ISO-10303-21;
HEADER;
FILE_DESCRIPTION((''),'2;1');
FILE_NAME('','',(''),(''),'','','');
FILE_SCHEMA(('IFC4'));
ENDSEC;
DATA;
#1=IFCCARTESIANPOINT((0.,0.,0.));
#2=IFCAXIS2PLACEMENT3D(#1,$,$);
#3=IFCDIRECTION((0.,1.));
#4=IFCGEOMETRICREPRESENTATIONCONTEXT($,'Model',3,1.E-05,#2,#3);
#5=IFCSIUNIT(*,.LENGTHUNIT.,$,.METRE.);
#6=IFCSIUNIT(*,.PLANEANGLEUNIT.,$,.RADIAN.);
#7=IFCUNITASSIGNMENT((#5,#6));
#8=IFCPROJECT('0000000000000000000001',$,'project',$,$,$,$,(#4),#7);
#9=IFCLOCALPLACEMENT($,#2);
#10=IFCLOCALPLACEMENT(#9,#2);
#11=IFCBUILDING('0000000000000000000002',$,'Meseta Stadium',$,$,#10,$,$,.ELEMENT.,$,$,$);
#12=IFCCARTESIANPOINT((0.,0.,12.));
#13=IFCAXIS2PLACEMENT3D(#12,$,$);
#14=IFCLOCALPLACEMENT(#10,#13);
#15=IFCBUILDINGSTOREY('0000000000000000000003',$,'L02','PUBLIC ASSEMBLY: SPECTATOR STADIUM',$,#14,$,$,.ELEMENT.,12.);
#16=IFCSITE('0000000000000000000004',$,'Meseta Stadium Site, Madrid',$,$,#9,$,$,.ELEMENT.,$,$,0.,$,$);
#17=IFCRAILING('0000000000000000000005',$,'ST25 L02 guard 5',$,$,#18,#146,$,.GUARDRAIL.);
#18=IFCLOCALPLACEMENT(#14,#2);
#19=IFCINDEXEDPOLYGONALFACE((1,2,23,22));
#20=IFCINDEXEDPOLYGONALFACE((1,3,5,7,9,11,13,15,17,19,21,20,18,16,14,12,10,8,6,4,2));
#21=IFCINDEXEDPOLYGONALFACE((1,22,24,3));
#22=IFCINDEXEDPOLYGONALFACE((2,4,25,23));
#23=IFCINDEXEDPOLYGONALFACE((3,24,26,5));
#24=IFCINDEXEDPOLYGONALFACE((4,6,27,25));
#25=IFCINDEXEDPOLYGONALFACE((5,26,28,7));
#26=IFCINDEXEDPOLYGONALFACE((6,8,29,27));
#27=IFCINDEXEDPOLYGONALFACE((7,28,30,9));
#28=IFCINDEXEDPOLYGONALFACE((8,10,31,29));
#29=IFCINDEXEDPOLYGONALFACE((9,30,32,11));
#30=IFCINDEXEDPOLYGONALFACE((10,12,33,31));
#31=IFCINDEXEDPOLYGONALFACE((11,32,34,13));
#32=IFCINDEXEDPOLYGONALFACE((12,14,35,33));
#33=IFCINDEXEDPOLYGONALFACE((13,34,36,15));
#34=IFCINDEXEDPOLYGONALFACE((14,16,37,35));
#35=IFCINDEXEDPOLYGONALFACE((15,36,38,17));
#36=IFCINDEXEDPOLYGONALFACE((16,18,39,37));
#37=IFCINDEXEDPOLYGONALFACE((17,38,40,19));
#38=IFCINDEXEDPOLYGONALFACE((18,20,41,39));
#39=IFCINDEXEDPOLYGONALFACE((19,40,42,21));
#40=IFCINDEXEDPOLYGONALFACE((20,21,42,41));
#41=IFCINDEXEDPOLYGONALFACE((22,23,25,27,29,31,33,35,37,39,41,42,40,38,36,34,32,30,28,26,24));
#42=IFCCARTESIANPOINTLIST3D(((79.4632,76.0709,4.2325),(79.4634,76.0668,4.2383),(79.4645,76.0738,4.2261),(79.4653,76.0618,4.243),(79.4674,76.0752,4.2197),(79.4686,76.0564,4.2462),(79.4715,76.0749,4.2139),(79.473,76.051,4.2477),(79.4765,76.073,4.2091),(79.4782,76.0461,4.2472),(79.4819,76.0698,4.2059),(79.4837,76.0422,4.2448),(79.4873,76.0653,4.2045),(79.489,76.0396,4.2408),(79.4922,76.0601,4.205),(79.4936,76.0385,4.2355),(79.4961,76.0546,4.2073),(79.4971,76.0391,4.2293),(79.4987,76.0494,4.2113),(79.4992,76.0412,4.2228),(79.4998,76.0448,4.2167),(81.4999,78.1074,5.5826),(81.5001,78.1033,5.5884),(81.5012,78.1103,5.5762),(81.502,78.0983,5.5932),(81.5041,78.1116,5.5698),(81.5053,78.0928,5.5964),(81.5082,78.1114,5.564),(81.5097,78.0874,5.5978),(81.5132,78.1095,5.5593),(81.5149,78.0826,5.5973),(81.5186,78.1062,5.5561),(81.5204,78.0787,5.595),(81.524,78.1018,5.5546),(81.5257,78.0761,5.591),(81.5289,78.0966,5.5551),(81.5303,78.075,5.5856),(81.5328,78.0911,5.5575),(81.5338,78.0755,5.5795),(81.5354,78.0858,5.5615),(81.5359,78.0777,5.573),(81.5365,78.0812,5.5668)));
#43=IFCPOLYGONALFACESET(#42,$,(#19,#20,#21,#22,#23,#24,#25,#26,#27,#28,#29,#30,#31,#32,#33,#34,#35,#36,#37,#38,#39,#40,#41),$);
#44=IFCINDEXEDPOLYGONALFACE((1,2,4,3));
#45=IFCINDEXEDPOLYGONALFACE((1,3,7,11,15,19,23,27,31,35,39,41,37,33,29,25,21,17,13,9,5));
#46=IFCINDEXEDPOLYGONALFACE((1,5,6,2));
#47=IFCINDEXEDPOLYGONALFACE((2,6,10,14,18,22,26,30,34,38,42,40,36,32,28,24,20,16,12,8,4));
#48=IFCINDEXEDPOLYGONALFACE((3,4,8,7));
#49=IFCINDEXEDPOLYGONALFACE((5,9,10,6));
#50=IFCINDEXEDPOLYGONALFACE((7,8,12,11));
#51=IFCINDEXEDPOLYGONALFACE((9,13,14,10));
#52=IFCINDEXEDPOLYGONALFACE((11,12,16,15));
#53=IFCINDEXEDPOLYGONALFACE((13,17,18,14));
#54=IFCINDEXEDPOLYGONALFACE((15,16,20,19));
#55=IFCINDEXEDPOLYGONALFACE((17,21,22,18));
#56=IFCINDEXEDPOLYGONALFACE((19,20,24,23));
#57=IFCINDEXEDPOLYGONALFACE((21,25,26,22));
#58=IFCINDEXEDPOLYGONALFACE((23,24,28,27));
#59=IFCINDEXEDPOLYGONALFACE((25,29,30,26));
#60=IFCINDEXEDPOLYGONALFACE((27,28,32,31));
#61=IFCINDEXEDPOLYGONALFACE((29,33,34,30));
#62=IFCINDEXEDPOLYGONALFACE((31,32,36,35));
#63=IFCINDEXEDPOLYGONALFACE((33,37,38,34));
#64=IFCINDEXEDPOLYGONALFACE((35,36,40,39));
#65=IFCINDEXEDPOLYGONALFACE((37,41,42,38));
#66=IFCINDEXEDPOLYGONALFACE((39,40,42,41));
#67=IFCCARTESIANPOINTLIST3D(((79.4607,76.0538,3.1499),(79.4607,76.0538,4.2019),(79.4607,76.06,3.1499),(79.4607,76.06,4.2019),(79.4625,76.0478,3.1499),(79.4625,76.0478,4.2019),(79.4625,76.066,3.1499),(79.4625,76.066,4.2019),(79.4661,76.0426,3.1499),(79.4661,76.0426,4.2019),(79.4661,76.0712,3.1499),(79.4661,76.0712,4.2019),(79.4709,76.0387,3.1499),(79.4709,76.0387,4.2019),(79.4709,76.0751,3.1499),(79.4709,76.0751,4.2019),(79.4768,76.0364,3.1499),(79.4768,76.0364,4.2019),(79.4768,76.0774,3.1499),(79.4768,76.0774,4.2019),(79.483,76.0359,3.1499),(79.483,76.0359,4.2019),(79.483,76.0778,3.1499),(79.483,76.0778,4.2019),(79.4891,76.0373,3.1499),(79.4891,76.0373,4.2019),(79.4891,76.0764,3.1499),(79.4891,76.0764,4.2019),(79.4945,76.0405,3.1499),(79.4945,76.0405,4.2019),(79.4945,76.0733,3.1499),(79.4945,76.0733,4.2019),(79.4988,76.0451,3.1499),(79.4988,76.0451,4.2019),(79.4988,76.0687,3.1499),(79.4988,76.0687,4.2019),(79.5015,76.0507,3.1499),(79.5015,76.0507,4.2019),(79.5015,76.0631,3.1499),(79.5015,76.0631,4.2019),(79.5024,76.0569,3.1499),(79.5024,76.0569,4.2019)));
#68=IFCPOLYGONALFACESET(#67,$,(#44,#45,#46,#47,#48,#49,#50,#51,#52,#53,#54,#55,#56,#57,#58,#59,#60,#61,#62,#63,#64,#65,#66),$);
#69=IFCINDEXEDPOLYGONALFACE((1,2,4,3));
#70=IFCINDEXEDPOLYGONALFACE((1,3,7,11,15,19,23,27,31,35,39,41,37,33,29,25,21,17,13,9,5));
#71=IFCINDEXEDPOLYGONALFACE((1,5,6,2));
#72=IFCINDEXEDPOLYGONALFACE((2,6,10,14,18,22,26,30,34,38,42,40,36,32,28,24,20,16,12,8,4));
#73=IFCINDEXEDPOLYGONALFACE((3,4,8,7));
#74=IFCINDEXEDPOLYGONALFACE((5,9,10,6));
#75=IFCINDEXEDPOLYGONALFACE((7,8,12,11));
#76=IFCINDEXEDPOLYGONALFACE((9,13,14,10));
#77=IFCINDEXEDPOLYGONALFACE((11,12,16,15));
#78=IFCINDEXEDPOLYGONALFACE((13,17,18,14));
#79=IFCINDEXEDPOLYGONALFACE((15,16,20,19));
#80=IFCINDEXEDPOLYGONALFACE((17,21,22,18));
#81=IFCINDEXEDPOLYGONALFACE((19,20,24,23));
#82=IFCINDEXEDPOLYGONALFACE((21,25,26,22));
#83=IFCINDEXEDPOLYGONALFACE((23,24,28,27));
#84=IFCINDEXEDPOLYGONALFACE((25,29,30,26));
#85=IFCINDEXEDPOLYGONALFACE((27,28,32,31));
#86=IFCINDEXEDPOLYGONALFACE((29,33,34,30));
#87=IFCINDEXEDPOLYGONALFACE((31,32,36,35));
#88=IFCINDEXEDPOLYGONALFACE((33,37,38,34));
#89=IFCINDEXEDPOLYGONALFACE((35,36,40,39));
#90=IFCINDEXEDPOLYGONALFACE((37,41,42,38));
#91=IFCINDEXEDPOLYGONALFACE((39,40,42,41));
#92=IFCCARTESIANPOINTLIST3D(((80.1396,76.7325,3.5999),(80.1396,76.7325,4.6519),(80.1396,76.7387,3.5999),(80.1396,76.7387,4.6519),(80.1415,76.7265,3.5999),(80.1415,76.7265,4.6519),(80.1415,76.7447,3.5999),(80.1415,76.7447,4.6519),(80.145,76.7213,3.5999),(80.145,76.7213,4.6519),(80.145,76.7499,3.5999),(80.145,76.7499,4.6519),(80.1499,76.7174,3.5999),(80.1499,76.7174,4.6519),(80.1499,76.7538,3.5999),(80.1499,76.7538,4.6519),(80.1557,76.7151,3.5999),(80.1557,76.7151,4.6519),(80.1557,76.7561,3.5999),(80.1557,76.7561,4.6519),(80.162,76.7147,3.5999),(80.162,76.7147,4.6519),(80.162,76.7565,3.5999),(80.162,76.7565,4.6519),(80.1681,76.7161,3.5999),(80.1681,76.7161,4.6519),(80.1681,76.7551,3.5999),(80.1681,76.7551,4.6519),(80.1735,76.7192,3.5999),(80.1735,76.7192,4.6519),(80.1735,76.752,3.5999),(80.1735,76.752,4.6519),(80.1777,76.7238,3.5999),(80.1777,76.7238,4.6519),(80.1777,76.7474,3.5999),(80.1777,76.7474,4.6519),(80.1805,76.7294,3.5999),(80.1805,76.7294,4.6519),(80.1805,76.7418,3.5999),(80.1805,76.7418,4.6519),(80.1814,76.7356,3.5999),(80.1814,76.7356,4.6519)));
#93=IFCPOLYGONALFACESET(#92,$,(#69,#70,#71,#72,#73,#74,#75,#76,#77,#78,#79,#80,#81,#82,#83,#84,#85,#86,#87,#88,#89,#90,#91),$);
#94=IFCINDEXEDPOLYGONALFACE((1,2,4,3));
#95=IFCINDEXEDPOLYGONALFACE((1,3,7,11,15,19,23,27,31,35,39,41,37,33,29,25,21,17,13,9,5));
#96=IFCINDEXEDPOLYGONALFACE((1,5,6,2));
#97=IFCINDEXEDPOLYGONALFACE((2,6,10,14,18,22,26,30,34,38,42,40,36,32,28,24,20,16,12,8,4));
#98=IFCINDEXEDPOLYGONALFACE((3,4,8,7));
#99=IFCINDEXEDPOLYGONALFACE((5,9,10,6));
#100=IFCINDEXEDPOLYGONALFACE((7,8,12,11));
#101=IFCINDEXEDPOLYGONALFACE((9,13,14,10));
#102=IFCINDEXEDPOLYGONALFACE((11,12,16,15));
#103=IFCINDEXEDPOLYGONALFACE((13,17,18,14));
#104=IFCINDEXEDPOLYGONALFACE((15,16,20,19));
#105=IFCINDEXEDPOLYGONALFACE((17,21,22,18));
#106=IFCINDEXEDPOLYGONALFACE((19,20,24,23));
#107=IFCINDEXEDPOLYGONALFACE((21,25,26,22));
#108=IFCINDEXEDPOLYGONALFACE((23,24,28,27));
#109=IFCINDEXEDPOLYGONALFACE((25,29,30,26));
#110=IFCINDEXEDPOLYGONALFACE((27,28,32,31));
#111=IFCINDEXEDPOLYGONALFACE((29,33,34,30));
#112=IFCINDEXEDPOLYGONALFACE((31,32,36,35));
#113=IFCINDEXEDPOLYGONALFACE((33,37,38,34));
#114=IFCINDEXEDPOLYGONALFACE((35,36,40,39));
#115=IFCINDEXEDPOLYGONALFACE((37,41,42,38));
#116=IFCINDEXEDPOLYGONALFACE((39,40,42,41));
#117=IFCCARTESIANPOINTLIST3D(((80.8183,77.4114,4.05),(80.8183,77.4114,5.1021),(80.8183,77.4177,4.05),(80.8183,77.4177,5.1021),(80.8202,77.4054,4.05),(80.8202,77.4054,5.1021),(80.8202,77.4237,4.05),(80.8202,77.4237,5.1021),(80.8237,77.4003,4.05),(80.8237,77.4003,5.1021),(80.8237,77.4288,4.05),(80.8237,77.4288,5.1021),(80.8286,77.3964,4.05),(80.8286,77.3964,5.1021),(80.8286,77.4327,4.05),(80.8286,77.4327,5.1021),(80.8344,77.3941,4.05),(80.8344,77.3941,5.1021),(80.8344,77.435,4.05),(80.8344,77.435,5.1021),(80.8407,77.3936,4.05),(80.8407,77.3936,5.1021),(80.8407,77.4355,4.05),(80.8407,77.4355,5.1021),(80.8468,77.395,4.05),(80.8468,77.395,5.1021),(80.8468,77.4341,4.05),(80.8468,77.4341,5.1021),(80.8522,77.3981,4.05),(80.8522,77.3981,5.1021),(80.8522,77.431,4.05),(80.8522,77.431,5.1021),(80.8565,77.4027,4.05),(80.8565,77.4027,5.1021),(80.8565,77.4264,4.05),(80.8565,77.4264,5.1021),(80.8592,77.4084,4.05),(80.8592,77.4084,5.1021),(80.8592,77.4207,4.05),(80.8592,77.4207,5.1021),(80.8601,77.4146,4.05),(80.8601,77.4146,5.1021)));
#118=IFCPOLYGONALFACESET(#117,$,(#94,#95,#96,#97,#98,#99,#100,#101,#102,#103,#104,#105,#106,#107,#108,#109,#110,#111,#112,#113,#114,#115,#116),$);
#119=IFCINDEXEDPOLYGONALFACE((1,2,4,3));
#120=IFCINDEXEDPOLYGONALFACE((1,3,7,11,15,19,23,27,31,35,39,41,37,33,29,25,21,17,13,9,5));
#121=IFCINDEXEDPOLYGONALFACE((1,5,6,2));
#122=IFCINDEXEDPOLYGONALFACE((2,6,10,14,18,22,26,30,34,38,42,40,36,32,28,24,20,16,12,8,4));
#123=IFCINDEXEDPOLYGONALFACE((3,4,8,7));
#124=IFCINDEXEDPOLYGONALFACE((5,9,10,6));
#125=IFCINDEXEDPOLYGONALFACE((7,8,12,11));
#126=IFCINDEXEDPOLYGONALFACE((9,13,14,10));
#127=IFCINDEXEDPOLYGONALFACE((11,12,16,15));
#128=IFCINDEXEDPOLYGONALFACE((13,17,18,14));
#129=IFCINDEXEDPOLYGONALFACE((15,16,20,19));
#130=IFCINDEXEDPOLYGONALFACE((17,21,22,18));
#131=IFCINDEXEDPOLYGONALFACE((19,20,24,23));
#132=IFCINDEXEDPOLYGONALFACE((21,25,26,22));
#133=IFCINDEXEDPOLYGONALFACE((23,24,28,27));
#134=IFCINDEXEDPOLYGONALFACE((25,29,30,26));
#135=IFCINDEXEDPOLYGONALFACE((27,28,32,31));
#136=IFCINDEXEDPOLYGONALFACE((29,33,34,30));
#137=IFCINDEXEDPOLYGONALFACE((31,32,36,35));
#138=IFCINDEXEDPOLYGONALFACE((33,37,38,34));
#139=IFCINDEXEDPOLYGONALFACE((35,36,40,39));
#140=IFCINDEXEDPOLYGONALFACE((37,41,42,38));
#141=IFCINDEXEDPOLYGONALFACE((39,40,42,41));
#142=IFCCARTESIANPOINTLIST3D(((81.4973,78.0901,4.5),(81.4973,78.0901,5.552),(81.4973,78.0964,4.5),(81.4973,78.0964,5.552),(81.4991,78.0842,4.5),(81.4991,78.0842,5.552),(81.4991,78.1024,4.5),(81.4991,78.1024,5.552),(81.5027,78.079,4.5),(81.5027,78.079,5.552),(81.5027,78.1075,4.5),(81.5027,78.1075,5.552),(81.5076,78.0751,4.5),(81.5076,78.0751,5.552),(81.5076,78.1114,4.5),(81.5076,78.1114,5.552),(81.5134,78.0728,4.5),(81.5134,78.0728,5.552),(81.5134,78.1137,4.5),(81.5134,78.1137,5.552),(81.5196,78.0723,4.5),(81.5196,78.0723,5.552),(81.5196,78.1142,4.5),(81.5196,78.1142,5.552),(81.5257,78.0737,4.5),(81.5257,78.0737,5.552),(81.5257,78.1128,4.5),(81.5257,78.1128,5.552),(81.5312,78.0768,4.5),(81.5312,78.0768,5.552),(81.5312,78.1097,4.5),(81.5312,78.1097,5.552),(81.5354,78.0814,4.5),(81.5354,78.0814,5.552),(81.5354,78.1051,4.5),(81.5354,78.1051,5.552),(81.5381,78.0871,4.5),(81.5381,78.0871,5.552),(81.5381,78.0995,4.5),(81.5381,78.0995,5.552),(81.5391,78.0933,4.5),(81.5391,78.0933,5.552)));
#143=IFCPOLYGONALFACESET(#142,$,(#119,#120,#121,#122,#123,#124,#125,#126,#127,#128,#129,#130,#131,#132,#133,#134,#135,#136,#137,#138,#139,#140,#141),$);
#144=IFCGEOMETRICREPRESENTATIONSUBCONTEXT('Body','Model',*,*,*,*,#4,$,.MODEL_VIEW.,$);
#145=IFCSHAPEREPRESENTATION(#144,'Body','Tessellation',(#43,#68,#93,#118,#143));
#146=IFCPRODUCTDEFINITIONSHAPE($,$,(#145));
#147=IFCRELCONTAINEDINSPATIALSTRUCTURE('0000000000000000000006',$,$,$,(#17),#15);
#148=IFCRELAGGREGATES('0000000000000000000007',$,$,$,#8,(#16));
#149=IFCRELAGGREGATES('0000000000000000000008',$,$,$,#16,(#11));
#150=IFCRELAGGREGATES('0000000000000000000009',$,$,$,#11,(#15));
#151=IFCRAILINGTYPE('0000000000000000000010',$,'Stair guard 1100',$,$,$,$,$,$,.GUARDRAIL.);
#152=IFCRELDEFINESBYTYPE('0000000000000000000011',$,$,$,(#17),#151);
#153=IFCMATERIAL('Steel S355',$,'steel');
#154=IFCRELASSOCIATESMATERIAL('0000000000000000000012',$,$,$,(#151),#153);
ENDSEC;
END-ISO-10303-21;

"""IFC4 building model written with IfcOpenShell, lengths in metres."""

from ifc_helpers import new_model, si_unit, direction, frame, origin, origin_2d, place, context, subcontext, project, spatial, circle, extrude, material, type_object, element, save


model = new_model("IFC4")

# Units and contexts
model_context = context("Model", 3, precision=1e-05, world=origin(), true_north=direction((0.0, 1.0)))
body_context = subcontext(model_context, "Body", "Model", "MODEL_VIEW")
ifc_project = project(units=[si_unit("LENGTHUNIT", "METRE"), si_unit("PLANEANGLEUNIT", "RADIAN")], contexts=[model_context])

# Site, building, storey
site_placement = place(None, origin())
site = spatial("IfcSite", under=ifc_project, at=site_placement, Name="Meseta Stadium Site, Madrid", CompositionType="ELEMENT", RefElevation=0.0)
building_placement = place(site_placement, origin())
building = spatial("IfcBuilding", under=site, at=building_placement, Name="Meseta Stadium", CompositionType="ELEMENT")
storey_placement = place(building_placement, frame((0.0, 0.0, 12.0)))
storey = spatial("IfcBuildingStorey", under=building, at=storey_placement, Name="L02", Description="PUBLIC ASSEMBLY: SPECTATOR STADIUM", CompositionType="ELEMENT", Elevation=12.0)

# Railing
ifc_material_1 = material(Name="Steel S355", Category="steel")
railing_type_1 = type_object("IfcRailingType", Name="Stair guard 1100", PredefinedType="GUARDRAIL", material=ifc_material_1)
railing_1_placement = place(storey_placement, frame((79.4814, 76.0569, 3.1499)))
element("IfcRailing", 1, at=railing_1_placement, inside=storey, type_object=railing_type_1, Name="ST25 L02 guard 5", PredefinedType="GUARDRAIL", context=body_context, shape_type="SweptSolid", body=[
    extrude(circle(Radius=0.0239, at=origin_2d()), frame((0.0, 0.0, 1.0762), z_axis=(0.640288, 0.640211, 0.424454), x_axis=(-0.707064, 0.707149, 0.0)), (0.0, 0.0, 1.0), 3.1809),
    extrude(circle(Radius=0.021, at=origin_2d()), origin(), (0.0, 0.0, 1.0), 1.052),
    extrude(circle(Radius=0.021, at=origin_2d()), frame((0.679, 0.6787, 0.45)), (0.0, 0.0, 1.0), 1.052),
    extrude(circle(Radius=0.021, at=origin_2d()), frame((1.3577, 1.3577, 0.9001)), (0.0, 0.0, 1.0), 1.052),
    extrude(circle(Radius=0.021, at=origin_2d()), frame((2.0366, 2.0364, 1.3501)), (0.0, 0.0, 1.0), 1.052),
])

save(model, "model.ifc")
